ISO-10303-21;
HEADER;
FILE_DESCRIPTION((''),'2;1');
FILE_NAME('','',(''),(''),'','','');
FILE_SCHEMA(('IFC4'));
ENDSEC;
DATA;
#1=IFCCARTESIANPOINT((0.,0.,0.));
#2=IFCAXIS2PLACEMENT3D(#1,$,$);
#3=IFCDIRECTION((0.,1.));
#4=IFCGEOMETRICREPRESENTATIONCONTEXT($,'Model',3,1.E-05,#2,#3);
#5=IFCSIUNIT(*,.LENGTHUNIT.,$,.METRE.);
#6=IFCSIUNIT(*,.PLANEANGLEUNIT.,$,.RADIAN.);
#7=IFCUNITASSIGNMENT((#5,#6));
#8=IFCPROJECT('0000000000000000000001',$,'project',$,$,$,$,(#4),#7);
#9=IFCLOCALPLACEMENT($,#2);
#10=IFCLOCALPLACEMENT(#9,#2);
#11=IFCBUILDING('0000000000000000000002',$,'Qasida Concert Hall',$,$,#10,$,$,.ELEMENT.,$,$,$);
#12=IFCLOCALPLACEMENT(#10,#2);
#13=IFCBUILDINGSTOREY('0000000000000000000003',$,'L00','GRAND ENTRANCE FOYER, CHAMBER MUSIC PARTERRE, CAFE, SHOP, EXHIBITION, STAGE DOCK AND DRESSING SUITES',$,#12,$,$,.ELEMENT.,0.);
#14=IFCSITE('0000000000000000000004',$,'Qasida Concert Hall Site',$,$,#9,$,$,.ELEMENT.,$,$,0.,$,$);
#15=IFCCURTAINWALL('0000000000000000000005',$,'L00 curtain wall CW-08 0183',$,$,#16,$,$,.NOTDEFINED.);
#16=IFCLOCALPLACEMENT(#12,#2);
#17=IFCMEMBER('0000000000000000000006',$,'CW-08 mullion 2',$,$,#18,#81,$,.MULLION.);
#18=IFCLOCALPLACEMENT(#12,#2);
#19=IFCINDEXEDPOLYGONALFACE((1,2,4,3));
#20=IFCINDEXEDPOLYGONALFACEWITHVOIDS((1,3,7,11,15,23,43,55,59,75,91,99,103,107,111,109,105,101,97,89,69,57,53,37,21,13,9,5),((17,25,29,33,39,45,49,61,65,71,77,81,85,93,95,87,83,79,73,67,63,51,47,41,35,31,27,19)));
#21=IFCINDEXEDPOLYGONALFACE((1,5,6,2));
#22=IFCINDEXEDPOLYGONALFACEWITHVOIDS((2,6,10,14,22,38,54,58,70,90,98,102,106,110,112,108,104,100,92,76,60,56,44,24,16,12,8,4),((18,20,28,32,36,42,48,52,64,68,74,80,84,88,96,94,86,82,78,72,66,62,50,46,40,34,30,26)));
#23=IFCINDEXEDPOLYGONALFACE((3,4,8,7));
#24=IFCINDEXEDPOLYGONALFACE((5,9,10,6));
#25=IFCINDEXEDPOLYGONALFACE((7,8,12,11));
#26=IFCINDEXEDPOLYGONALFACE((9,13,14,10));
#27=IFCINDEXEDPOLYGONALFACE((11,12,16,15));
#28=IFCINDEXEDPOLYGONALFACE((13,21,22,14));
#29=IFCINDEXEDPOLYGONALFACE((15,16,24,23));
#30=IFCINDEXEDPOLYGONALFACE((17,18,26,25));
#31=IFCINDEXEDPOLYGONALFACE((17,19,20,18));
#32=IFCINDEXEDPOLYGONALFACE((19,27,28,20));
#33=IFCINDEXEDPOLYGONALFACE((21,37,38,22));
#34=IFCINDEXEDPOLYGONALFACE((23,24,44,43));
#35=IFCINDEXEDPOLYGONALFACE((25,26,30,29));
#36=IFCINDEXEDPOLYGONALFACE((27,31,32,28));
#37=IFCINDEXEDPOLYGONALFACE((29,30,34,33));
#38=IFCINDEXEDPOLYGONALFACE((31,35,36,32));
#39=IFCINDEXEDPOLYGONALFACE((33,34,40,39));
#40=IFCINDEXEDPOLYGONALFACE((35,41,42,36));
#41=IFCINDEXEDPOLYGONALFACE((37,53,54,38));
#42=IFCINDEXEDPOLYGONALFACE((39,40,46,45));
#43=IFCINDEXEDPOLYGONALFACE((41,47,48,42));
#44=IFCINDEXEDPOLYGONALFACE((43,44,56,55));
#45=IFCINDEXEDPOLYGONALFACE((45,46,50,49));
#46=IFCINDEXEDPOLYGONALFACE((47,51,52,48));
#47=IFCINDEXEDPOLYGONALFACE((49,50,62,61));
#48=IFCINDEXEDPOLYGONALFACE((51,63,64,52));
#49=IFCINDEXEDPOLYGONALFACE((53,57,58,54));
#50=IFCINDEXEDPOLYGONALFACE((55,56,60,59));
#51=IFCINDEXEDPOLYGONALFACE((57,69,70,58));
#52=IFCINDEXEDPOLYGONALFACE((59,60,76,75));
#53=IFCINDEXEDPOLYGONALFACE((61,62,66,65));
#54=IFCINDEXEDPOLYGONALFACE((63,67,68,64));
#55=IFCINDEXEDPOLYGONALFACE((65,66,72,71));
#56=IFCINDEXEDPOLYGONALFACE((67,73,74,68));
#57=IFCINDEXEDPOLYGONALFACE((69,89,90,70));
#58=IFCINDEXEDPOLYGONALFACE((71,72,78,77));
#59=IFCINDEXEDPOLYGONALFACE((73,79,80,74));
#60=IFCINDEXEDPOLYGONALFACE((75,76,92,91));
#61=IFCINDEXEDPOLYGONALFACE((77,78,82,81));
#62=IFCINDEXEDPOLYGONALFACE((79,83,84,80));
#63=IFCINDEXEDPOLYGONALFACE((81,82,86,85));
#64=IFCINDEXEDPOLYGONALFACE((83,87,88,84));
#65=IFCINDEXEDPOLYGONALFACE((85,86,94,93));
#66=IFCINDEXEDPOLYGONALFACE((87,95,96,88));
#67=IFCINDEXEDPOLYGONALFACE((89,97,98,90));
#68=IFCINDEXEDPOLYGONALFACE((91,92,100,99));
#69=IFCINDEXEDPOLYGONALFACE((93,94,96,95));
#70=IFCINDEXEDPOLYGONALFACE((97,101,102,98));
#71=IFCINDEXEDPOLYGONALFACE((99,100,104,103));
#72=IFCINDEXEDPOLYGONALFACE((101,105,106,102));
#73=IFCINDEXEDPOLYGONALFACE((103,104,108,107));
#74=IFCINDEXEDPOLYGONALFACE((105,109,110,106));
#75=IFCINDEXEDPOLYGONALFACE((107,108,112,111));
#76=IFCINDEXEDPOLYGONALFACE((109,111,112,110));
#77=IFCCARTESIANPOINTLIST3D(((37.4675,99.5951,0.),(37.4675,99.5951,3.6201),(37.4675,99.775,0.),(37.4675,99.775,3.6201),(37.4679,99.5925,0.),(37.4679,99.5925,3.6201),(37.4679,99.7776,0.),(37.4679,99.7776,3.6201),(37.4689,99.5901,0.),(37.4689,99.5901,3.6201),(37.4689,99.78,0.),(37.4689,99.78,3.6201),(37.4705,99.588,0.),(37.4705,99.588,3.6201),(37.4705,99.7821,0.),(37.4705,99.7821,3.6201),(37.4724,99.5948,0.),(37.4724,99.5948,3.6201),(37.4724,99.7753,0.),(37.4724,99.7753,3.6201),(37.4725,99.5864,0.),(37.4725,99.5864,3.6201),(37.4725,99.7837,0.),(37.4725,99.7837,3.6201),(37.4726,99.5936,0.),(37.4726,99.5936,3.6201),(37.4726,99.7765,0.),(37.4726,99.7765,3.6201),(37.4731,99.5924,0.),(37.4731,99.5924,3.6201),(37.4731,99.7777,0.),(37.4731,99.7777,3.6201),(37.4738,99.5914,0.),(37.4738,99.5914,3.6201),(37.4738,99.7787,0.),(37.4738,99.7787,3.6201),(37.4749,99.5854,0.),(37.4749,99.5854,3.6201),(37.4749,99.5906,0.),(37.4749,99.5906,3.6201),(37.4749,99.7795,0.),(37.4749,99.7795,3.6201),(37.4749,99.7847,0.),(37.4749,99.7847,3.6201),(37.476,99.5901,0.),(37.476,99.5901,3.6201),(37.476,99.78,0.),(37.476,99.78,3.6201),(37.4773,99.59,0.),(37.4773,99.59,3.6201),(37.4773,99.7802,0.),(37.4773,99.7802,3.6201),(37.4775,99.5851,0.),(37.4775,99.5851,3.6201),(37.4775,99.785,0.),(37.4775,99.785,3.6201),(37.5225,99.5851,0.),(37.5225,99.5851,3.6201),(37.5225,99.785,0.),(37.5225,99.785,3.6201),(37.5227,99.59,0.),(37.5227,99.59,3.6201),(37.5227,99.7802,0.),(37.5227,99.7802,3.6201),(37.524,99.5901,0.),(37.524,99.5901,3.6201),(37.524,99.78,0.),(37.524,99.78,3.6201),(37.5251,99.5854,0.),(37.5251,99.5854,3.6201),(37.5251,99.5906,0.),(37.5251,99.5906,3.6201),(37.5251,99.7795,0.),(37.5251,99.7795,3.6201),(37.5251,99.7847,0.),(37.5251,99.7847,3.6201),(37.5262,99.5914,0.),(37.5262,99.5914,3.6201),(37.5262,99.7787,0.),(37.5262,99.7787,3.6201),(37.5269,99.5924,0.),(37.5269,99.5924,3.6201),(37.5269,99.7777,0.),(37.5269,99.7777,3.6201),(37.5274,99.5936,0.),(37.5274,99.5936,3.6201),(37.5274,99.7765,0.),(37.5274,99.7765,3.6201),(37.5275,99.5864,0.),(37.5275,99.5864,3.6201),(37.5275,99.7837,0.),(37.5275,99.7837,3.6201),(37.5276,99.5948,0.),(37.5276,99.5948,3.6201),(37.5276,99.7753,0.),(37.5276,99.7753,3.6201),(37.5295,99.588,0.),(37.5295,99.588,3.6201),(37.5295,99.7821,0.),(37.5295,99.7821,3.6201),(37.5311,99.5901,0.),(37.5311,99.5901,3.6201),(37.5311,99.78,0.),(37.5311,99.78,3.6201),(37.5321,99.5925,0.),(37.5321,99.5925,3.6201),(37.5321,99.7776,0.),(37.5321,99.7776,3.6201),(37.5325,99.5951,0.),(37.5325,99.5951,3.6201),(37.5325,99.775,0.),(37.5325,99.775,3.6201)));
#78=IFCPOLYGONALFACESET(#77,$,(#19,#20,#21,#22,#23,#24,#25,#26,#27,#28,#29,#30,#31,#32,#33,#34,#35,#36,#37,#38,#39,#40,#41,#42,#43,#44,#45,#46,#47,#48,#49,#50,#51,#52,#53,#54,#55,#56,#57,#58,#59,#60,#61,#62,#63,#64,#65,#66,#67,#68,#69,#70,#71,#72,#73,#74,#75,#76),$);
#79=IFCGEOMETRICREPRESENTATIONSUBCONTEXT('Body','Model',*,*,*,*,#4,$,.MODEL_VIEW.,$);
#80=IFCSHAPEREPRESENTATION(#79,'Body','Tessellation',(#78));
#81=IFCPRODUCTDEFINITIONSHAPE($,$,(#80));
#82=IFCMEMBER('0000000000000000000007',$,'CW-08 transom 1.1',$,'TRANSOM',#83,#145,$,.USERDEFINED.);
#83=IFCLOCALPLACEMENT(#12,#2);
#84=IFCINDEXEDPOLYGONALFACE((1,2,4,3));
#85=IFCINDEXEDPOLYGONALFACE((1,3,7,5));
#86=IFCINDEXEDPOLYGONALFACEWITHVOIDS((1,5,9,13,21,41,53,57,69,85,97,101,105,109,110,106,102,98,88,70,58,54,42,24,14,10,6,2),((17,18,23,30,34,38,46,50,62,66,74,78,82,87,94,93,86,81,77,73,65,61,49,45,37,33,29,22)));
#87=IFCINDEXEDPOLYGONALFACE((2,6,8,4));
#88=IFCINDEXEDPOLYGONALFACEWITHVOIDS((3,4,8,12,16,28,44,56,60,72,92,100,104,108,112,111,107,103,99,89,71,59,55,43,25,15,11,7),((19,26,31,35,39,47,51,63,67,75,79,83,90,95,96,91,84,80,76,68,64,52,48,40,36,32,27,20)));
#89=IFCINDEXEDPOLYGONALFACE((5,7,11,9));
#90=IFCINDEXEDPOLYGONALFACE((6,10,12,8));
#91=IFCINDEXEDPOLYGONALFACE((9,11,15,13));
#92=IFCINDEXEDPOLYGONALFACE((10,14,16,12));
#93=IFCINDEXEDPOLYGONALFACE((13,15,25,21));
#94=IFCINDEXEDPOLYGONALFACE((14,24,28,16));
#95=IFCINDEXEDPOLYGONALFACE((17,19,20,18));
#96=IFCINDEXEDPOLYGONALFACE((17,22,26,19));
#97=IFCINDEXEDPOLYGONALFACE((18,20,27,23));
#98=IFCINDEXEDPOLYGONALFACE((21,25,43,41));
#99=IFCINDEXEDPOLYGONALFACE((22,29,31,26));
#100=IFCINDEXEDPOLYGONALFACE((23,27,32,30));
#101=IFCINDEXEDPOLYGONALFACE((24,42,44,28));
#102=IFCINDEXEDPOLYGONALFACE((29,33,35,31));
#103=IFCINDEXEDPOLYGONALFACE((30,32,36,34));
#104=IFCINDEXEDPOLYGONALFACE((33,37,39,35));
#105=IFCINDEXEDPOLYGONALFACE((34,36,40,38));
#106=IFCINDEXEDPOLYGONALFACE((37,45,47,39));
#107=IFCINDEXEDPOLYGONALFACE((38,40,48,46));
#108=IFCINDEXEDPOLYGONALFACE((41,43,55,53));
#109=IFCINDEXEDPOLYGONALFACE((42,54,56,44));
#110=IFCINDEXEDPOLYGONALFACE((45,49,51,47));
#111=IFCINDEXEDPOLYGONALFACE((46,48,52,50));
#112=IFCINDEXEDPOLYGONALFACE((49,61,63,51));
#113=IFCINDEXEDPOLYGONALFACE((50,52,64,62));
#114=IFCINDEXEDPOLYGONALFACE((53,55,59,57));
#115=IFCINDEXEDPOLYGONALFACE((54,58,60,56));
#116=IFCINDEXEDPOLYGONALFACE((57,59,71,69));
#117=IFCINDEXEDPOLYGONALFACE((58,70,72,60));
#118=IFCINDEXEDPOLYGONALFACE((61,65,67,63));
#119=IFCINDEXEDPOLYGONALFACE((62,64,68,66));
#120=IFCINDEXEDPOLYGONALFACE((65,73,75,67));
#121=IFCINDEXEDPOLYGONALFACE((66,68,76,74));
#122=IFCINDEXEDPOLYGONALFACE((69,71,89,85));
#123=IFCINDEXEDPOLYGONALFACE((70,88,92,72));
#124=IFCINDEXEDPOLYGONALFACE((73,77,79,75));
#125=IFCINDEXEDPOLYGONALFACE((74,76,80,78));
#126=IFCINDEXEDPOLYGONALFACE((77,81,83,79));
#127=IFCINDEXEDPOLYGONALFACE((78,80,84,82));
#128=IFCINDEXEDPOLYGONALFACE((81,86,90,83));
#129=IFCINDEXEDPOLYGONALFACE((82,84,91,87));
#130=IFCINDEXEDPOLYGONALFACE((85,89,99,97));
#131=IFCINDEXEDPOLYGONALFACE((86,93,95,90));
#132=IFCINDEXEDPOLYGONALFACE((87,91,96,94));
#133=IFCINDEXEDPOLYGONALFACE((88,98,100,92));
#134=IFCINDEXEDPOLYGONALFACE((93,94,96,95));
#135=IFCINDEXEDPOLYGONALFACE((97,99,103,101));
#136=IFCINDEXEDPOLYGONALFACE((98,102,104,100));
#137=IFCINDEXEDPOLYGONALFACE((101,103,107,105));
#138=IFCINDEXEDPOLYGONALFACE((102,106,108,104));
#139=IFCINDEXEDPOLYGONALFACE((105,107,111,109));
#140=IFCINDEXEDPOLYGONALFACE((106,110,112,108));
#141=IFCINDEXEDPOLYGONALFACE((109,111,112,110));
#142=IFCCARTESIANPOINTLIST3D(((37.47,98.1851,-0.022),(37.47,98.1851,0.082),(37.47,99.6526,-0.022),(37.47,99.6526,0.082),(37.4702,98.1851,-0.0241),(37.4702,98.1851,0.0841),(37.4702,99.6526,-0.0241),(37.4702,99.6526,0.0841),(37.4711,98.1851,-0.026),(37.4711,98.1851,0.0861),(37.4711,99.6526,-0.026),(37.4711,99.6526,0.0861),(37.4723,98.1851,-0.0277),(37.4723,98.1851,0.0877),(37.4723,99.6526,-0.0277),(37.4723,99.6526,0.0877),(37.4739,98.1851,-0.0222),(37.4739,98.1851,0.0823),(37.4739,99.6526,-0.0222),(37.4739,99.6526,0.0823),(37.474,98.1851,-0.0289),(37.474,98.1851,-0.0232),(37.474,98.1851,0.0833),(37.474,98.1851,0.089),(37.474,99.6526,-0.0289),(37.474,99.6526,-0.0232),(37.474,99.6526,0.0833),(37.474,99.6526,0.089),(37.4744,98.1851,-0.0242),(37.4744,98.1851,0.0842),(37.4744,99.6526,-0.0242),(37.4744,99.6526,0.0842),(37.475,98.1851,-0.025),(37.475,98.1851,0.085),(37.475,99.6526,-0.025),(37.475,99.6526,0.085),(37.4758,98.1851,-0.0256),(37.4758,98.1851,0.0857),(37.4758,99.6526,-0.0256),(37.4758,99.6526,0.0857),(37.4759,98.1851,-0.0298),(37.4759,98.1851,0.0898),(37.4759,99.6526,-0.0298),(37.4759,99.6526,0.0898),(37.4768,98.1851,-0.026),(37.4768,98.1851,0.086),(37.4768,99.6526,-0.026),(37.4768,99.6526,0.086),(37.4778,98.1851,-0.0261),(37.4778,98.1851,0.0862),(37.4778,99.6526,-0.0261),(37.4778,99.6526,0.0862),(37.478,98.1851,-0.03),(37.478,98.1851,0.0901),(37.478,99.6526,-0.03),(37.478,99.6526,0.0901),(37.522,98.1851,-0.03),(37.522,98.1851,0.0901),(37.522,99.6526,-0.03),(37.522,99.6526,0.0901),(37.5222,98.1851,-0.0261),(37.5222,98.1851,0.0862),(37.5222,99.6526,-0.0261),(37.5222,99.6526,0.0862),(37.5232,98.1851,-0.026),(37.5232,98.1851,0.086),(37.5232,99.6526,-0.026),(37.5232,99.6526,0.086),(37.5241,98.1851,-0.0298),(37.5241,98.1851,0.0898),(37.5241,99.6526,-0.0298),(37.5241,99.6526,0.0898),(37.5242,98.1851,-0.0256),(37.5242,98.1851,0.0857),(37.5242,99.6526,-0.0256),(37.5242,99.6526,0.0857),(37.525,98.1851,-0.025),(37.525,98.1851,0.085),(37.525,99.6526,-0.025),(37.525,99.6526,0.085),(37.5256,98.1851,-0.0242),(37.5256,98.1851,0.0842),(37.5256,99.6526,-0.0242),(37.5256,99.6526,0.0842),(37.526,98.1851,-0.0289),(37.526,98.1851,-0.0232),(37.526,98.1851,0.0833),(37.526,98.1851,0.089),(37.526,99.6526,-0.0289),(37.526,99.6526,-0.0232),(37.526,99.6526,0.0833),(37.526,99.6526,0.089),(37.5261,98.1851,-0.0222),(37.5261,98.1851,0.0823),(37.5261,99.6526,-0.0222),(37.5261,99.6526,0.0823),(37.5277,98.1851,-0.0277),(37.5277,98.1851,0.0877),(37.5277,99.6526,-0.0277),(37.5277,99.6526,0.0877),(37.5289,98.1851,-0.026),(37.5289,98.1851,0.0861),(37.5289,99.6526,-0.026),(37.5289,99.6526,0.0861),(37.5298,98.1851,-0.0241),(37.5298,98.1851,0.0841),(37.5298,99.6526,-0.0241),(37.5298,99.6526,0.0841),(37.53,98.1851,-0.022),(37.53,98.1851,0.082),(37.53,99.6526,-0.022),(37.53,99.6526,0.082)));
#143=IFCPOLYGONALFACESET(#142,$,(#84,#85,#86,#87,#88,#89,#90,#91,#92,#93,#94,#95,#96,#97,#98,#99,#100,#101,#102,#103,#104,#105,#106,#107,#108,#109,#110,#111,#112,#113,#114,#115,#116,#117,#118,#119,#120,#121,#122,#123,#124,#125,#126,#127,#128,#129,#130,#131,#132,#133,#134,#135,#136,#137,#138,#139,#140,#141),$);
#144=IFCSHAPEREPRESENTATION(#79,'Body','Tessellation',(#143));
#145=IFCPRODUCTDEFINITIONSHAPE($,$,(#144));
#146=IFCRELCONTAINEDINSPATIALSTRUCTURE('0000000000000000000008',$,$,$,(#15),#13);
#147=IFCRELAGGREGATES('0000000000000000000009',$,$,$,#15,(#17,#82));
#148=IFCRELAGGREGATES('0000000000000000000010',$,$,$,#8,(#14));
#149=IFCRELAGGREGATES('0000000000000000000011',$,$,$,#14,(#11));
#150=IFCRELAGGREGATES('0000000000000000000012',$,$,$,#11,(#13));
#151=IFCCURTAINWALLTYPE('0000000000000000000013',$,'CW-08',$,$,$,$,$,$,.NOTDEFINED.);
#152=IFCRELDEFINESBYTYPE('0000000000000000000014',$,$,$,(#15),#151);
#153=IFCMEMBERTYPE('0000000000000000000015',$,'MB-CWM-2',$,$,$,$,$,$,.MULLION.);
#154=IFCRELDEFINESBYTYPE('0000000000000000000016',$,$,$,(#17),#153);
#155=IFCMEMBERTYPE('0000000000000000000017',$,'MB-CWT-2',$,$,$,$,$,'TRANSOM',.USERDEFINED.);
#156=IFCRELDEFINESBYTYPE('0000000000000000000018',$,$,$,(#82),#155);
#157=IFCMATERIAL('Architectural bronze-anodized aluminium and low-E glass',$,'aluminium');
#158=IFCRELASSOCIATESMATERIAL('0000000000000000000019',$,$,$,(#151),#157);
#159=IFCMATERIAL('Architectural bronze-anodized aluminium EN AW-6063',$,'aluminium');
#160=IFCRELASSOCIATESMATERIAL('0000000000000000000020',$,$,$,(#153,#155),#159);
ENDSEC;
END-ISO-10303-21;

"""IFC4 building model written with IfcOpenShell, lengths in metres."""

from ifc_helpers import new_model, si_unit, direction, frame, origin, origin_2d, place, context, subcontext, project, spatial, hollow_rectangle, extrude, material, material_profile, profile_set, type_object, element, aggregate, save


model = new_model("IFC4")

# Units and contexts
model_context = context("Model", 3, precision=1e-05, world=origin(), true_north=direction((0.0, 1.0)))
body_context = subcontext(model_context, "Body", "Model", "MODEL_VIEW")
ifc_project = project(units=[si_unit("LENGTHUNIT", "METRE"), si_unit("PLANEANGLEUNIT", "RADIAN")], contexts=[model_context])

# Site, building, storey
site_placement = place(None, origin())
site = spatial("IfcSite", under=ifc_project, at=site_placement, Name="Qasida Concert Hall Site", CompositionType="ELEMENT", RefElevation=0.0)
building_placement = place(site_placement, origin())
building = spatial("IfcBuilding", under=site, at=building_placement, Name="Qasida Concert Hall", CompositionType="ELEMENT")
storey_placement = place(building_placement, origin())
storey = spatial("IfcBuildingStorey", under=building, at=storey_placement, Name="L00", Description="GRAND ENTRANCE FOYER, CHAMBER MUSIC PARTERRE, CAFE, SHOP, EXHIBITION, STAGE DOCK AND DRESSING SUITES", CompositionType="ELEMENT", Elevation=0.0)

# Shared definitions
ifc_material_1 = material(Name="Architectural bronze-anodized aluminium and low-E glass", Category="aluminium")
curtain_wall_type = type_object("IfcCurtainWallType", Name="CW-08", PredefinedType="NOTDEFINED", material=ifc_material_1)
ifc_material_2 = material(Name="Architectural bronze-anodized aluminium EN AW-6063", Category="aluminium")
ifc_material_profile_1 = material_profile(ifc_material_2, hollow_rectangle(XDim=0.0649, YDim=0.2, WallThickness=0.0049, InnerFilletRadius=0.0049, OuterFilletRadius=0.01, at=origin_2d()), Name="CWM 200x65x5")
ifc_profile_set_1 = profile_set([ifc_material_profile_1], Name="Architectural bronze-anodized aluminium EN AW-6063")
member_type_1 = type_object("IfcMemberType", Name="MB-CWM-2", PredefinedType="MULLION", material=ifc_profile_set_1)

# Curtain wall, members
curtain_wall_1_placement = place(storey_placement, origin())
curtain_wall_1 = element("IfcCurtainWall", 1, at=curtain_wall_1_placement, inside=storey, type_object=curtain_wall_type, Name="L00 curtain wall CW-08 0183", PredefinedType="NOTDEFINED")
member_1_placement = place(storey_placement, frame((37.5, 99.6851, 0.0), z_axis=(0.0, 0.0, 1.0), x_axis=(-1.0, 0.0, 0.0)))
member_1 = element("IfcMember", 2, at=member_1_placement, type_object=member_type_1, Name="CW-08 mullion 2", PredefinedType="MULLION", context=body_context, shape_type="SweptSolid", body=[
    extrude(hollow_rectangle(XDim=0.0649, YDim=0.2, WallThickness=0.0049, InnerFilletRadius=0.0049, OuterFilletRadius=0.01, at=origin_2d()), origin(), (0.0, 0.0, 1.0), 3.6201),
])
ifc_material_profile_2 = material_profile(ifc_material_2, hollow_rectangle(XDim=0.0601, YDim=0.1201, WallThickness=0.0039, InnerFilletRadius=0.0039, OuterFilletRadius=0.0081, at=origin_2d()), Name="CWT 120x60x4")
ifc_profile_set_2 = profile_set([ifc_material_profile_2], Name="Architectural bronze-anodized aluminium EN AW-6063")
member_type_2 = type_object("IfcMemberType", Name="MB-CWT-2", ElementType="TRANSOM", PredefinedType="USERDEFINED", material=ifc_profile_set_2)
member_2_placement = place(storey_placement, frame((37.5, 98.1851, 0.03), z_axis=(0.0, 1.0, 0.0), x_axis=(-1.0, 0.0, 0.0)))
member_2 = element("IfcMember", 3, at=member_2_placement, type_object=member_type_2, Name="CW-08 transom 1.1", ObjectType="TRANSOM", PredefinedType="USERDEFINED", context=body_context, shape_type="SweptSolid", body=[
    extrude(hollow_rectangle(XDim=0.0601, YDim=0.1201, WallThickness=0.0039, InnerFilletRadius=0.0039, OuterFilletRadius=0.0081, at=origin_2d()), origin(), (0.0, 0.0, 1.0), 1.4675),
])

aggregate(curtain_wall_1, [member_1, member_2])

save(model, "model.ifc")
